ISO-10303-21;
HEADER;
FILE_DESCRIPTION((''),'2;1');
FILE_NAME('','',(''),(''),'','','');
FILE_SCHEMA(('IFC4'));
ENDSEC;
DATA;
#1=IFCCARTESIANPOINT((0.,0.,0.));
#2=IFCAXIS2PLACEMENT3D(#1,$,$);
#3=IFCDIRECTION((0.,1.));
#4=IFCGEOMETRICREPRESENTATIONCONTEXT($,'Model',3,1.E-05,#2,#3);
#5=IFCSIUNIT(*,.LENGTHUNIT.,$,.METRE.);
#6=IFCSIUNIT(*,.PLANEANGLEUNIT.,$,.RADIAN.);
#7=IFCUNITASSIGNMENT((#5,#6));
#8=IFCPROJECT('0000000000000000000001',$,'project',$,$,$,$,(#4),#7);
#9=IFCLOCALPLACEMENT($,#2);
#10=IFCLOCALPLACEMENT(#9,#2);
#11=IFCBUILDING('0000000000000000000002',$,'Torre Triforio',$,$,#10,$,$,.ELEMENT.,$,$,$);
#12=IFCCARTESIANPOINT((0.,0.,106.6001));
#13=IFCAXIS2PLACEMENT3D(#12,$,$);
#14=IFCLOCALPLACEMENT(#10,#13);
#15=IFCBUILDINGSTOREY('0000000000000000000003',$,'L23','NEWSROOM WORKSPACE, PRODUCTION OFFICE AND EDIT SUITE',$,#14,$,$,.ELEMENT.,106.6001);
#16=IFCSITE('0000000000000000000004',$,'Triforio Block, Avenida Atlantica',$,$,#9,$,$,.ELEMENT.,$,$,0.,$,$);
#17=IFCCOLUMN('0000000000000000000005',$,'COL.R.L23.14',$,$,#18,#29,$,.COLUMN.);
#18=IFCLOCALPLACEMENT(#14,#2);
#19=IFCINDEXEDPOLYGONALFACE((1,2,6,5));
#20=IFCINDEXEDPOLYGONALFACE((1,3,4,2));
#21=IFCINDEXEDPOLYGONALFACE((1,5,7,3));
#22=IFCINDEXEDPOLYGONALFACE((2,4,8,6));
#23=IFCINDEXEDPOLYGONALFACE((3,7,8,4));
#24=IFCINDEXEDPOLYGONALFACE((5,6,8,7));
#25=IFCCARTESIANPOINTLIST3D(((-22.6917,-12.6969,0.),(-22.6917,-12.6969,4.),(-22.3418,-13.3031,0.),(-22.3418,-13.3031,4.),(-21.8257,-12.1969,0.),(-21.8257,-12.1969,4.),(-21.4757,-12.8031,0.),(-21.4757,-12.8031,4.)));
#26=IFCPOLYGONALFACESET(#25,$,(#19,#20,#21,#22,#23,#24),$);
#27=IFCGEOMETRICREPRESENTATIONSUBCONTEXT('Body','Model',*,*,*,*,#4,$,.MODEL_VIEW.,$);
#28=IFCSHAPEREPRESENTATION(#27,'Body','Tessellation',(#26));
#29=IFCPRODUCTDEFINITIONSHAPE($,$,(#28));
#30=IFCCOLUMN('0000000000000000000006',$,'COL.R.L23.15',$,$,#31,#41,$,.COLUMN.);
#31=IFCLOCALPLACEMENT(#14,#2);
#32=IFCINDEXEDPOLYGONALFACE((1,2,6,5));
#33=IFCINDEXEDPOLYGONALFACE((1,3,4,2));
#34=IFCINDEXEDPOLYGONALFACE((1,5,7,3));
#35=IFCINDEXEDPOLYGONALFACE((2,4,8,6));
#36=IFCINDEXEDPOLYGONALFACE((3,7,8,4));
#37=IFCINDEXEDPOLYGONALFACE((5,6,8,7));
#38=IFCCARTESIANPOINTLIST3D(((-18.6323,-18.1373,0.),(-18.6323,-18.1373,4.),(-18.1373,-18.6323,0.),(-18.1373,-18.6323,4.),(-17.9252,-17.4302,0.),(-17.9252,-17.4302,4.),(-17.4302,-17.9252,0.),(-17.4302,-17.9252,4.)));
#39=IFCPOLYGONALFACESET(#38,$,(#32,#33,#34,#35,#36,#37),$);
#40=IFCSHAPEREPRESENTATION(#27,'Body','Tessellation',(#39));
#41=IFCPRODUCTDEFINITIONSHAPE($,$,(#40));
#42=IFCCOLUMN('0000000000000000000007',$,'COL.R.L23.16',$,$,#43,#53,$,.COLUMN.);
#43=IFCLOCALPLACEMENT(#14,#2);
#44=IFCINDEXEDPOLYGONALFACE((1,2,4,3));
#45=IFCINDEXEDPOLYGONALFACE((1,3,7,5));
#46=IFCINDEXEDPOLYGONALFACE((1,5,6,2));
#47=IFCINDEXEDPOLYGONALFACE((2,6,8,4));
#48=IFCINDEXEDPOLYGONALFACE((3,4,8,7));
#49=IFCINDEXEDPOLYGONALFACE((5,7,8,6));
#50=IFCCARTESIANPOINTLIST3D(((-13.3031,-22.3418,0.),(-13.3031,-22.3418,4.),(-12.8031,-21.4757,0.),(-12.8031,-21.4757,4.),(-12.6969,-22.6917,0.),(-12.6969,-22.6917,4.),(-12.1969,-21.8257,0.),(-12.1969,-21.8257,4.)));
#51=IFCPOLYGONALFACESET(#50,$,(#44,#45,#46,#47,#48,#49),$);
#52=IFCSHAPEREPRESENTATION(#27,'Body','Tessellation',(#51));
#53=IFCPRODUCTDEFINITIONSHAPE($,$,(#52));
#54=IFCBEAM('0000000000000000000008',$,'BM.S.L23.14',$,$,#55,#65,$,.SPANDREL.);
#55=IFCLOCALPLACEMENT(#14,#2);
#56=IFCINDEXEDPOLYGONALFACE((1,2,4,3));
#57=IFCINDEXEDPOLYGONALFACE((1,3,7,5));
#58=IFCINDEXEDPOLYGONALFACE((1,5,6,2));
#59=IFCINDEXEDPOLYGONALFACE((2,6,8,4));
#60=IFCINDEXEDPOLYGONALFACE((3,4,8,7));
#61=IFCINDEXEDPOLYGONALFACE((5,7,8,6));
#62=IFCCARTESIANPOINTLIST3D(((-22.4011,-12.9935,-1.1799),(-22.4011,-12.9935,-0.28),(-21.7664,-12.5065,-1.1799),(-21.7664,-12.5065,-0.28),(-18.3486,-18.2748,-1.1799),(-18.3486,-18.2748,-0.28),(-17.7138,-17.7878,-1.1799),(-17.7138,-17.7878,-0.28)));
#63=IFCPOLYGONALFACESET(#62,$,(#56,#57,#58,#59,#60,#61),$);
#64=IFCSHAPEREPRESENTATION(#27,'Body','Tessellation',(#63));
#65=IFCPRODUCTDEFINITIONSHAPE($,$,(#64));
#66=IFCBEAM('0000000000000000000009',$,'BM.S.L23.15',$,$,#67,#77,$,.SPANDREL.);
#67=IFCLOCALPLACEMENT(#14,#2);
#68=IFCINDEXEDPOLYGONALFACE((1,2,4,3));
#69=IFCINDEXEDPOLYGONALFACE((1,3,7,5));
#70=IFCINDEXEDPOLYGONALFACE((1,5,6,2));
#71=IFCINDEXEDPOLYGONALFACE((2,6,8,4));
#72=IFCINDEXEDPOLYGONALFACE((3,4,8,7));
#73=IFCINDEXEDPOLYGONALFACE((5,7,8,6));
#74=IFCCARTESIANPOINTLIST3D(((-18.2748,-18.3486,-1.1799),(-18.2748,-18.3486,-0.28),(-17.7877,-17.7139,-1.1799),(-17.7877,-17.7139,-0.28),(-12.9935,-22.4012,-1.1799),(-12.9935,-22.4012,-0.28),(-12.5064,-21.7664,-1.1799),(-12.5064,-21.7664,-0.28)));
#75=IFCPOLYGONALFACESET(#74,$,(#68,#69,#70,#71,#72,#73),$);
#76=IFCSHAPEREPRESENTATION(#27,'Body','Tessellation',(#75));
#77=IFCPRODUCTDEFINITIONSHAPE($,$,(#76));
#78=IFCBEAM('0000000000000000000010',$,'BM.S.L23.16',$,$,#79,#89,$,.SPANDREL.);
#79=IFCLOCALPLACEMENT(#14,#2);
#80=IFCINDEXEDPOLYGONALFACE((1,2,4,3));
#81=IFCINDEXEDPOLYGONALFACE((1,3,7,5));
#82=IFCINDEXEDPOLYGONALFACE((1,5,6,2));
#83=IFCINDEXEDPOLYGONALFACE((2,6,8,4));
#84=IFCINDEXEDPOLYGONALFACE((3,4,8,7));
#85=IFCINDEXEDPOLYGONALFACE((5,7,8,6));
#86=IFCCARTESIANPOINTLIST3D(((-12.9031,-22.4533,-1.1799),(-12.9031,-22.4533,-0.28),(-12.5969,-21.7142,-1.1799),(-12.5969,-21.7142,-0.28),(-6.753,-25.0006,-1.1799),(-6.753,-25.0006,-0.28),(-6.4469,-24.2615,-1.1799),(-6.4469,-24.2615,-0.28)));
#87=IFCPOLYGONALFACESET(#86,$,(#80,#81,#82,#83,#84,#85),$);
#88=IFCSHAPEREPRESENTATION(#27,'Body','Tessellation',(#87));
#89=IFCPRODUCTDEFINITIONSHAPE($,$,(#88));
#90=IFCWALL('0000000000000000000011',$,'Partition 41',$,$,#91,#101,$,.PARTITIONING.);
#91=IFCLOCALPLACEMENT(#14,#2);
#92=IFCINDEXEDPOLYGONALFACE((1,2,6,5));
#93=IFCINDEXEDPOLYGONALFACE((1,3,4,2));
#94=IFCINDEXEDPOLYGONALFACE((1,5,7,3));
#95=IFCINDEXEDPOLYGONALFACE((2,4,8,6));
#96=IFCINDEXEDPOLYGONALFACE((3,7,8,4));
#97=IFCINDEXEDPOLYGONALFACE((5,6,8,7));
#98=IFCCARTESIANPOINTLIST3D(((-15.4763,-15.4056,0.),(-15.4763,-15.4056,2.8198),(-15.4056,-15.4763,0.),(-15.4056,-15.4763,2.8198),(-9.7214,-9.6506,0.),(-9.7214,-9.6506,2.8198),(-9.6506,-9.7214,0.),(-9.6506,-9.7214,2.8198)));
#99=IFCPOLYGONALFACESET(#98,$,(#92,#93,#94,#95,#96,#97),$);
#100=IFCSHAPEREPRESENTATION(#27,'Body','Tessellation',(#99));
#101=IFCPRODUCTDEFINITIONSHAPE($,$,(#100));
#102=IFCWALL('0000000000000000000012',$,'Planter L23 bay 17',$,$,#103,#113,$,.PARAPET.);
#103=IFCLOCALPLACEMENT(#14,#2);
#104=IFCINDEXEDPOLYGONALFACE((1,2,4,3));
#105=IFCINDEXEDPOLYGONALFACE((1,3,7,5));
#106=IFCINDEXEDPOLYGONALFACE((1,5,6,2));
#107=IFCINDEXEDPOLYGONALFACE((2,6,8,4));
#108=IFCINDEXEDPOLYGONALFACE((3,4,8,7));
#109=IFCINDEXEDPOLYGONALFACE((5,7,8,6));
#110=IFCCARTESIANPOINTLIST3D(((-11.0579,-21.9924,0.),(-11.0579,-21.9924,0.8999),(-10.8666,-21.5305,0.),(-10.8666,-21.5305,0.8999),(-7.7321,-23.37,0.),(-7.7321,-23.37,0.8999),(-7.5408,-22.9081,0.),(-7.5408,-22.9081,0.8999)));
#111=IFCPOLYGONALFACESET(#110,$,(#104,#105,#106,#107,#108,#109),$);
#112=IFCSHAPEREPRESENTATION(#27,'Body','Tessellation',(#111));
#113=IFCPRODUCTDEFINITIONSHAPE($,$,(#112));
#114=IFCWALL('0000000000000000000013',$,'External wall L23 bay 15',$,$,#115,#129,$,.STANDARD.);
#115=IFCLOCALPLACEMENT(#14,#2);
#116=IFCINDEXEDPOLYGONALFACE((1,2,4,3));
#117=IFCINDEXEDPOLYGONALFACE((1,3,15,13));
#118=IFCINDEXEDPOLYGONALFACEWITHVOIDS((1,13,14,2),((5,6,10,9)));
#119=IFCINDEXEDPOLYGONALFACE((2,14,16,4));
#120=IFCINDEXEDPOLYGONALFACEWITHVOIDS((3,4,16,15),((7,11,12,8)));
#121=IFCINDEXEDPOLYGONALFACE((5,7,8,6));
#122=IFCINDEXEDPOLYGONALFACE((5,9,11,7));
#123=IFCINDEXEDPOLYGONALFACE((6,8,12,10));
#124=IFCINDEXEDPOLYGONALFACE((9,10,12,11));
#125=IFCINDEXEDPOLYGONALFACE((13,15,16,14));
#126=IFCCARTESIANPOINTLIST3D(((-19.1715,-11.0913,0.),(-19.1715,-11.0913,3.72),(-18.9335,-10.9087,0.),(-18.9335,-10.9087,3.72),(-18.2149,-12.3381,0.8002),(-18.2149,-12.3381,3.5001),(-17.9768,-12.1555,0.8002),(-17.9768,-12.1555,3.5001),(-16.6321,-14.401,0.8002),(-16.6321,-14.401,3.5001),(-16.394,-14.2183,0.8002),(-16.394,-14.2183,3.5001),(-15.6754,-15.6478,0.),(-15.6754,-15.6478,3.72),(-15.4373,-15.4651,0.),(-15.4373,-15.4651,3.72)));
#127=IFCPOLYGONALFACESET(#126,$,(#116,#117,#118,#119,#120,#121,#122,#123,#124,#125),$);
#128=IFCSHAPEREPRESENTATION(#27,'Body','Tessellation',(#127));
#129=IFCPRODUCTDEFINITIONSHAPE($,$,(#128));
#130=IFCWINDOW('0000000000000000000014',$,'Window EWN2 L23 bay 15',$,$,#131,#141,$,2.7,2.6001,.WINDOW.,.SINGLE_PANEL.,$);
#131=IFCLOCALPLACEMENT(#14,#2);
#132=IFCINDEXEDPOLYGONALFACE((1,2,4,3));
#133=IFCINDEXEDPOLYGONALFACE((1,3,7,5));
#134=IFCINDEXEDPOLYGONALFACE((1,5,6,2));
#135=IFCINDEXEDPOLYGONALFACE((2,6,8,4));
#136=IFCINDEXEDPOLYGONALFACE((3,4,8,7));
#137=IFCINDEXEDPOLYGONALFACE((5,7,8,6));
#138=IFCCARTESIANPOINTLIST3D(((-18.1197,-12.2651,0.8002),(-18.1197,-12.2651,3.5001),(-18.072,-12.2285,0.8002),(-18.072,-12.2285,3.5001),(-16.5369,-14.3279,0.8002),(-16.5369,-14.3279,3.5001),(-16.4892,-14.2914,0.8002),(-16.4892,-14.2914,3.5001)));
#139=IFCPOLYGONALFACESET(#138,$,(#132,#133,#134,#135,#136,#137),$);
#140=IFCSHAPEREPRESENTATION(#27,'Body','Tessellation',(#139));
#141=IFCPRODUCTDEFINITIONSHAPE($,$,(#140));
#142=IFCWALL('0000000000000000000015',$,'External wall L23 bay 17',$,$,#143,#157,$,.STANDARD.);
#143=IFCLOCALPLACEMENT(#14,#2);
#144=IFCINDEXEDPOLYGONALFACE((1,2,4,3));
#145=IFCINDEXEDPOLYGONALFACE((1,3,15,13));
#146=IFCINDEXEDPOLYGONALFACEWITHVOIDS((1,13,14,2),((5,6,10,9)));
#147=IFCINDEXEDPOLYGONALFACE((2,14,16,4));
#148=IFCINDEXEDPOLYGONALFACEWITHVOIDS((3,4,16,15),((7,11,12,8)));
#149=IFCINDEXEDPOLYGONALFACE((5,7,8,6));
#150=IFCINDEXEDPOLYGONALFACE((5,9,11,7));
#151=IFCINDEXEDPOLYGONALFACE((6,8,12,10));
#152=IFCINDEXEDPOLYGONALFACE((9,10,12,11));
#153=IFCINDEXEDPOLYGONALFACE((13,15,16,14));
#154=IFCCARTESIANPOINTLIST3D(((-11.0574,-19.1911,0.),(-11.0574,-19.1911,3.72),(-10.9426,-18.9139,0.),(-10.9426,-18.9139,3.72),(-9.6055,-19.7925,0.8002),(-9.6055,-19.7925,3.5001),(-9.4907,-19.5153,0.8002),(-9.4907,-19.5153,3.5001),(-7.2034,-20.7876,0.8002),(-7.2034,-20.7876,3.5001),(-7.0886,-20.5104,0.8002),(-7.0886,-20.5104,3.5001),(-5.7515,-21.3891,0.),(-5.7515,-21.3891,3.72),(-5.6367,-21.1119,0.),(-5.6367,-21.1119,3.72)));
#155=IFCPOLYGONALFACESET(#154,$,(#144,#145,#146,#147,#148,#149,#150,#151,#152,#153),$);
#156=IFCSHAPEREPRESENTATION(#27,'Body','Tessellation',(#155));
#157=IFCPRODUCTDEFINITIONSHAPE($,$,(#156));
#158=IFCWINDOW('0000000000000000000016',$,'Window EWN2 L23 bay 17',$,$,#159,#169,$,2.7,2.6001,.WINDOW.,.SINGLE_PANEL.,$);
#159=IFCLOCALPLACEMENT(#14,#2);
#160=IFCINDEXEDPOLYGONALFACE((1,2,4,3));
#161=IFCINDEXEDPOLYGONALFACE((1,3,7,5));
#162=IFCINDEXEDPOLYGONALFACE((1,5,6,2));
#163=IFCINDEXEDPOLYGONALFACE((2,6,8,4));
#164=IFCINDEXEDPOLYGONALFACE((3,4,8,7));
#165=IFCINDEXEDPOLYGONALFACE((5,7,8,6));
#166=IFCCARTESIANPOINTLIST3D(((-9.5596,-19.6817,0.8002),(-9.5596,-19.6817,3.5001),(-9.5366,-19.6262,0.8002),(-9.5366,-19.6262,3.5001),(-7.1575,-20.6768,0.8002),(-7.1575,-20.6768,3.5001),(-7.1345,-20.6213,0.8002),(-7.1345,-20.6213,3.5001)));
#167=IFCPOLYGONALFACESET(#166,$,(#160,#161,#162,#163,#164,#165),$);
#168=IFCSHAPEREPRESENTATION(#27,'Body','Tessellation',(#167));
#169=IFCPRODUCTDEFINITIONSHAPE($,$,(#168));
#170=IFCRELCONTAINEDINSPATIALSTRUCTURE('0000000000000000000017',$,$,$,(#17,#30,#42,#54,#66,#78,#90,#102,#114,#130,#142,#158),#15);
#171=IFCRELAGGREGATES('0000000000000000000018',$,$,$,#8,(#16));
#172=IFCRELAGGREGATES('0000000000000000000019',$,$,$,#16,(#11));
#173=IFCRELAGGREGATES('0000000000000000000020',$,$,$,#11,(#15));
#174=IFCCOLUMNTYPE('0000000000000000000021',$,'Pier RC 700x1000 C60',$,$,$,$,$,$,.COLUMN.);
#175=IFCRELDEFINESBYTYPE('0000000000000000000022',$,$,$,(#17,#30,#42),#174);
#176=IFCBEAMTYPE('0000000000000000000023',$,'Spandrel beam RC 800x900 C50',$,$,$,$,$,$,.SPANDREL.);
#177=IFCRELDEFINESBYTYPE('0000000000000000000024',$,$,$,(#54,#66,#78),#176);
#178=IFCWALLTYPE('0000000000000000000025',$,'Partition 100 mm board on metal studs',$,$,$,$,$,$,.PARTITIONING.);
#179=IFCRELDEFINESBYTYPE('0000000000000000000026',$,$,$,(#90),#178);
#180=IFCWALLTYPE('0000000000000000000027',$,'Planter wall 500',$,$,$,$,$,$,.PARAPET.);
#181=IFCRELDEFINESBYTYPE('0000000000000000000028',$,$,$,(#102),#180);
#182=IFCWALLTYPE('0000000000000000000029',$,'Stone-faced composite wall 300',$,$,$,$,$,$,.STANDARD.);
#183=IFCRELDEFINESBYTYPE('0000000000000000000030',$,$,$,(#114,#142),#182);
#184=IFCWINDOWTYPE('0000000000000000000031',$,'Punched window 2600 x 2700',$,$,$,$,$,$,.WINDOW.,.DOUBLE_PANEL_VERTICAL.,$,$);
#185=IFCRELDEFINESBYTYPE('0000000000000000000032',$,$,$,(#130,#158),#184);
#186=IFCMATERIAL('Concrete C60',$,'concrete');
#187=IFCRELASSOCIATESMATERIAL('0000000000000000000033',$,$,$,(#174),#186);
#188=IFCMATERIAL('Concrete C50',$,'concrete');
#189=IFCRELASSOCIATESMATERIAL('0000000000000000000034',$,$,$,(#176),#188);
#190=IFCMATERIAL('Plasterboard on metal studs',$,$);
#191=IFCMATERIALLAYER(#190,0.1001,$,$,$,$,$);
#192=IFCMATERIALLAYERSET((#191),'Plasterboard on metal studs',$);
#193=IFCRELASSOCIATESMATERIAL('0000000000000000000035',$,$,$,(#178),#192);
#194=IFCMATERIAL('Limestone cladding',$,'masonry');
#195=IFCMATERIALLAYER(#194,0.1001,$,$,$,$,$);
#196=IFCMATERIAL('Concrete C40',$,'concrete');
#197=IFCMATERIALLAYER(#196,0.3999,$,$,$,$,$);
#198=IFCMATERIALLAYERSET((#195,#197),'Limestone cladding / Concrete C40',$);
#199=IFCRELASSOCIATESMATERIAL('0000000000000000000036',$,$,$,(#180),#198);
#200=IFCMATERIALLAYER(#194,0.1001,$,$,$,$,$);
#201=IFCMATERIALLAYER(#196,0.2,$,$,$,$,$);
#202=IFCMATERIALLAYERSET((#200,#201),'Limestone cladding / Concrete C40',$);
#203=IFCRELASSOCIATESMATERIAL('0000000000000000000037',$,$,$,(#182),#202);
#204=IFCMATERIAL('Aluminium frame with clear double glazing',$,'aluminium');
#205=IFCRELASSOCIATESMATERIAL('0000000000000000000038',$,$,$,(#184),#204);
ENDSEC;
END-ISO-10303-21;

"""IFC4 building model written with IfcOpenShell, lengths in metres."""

from ifc_helpers import new_model, si_unit, direction, frame, frame_2d, origin, origin_2d, place, context, subcontext, project, spatial, rectangle, extrude, material, layer, layer_set, material_profile, profile_set, type_object, element, fill, save


model = new_model("IFC4")

# Units and contexts
model_context = context("Model", 3, precision=1e-05, world=origin(), true_north=direction((0.0, 1.0)))
body_context = subcontext(model_context, "Body", "Model", "MODEL_VIEW")
ifc_project = project(units=[si_unit("LENGTHUNIT", "METRE"), si_unit("PLANEANGLEUNIT", "RADIAN")], contexts=[model_context])

# Site, building, storey
site_placement = place(None, origin())
site = spatial("IfcSite", under=ifc_project, at=site_placement, Name="Triforio Block, Avenida Atlantica", CompositionType="ELEMENT", RefElevation=0.0)
building_placement = place(site_placement, origin())
building = spatial("IfcBuilding", under=site, at=building_placement, Name="Torre Triforio", CompositionType="ELEMENT")
storey_placement = place(building_placement, frame((0.0, 0.0, 106.6001)))
storey = spatial("IfcBuildingStorey", under=building, at=storey_placement, Name="L23", Description="NEWSROOM WORKSPACE, PRODUCTION OFFICE AND EDIT SUITE", CompositionType="ELEMENT", Elevation=106.6001)

# Columns
ifc_material_1 = material(Name="Concrete C60", Category="concrete")
ifc_material_profile_1 = material_profile(ifc_material_1, rectangle(XDim=0.7, YDim=1.0, at=origin_2d()), Name="RC 700x1000")
ifc_profile_set_1 = profile_set([ifc_material_profile_1], Name="Concrete C60")
column_type = type_object("IfcColumnType", Name="Pier RC 700x1000 C60", PredefinedType="COLUMN", material=ifc_profile_set_1)
for number, where, z_axis, x_axis, name in (
    (1, (-22.0837, -12.75, 0.0), (0.0, 0.0, 1.0), (0.5, -0.866025, 0.0), "COL.R.L23.14"),
    (2, (-18.0312, -18.0312, 0.0), (0.0, 0.0, 1.0), (0.707107, -0.707107, 0.0), "COL.R.L23.15"),
    (3, (-12.75, -22.0837, 0.0), (0.0, 0.0, 1.0), (0.866025, -0.5, 0.0), "COL.R.L23.16"),
):
    element("IfcColumn", number, at=place(storey_placement, frame(where, z_axis=z_axis, x_axis=x_axis)), inside=storey, type_object=column_type, Name=name, PredefinedType="COLUMN", context=body_context, shape_type="SweptSolid", body=[
        extrude(rectangle(XDim=0.7, YDim=1.0, at=origin_2d()), origin(), (0.0, 0.0, 1.0), 4.0),
    ])

# Beams
ifc_material_2 = material(Name="Concrete C50", Category="concrete")
ifc_material_profile_2 = material_profile(ifc_material_2, rectangle(XDim=0.8, YDim=0.8999, at=origin_2d()), Name="RC 800x900")
ifc_profile_set_2 = profile_set([ifc_material_profile_2], Name="Concrete C50")
beam_type = type_object("IfcBeamType", Name="Spandrel beam RC 800x900 C50", PredefinedType="SPANDREL", material=ifc_profile_set_2)
for number, where, z_axis, x_axis, name in (
    (4, (-22.0837, -12.75, -0.73), (0.608766, -0.79335, 0.0), (0.79335, 0.608766, 0.0), "BM.S.L23.14"),
    (5, (-18.0312, -18.0312, -0.73), (0.79335, -0.608766, 0.0), (0.608766, 0.79335, 0.0), "BM.S.L23.15"),
):
    element("IfcBeam", number, at=place(storey_placement, frame(where, z_axis=z_axis, x_axis=x_axis)), inside=storey, type_object=beam_type, Name=name, PredefinedType="SPANDREL", context=body_context, shape_type="SweptSolid", body=[
        extrude(rectangle(XDim=0.8, YDim=0.8999, at=origin_2d()), origin(), (0.0, 0.0, 1.0), 6.657),
    ])
beam_placement = place(storey_placement, frame((-12.75, -22.0837, -0.73), z_axis=(0.923885, -0.382669, 0.0), x_axis=(0.382669, 0.923885, 0.0)))
element("IfcBeam", 6, at=beam_placement, inside=storey, type_object=beam_type, Name="BM.S.L23.16", PredefinedType="SPANDREL", context=body_context, shape_type="SweptSolid", body=[
    extrude(rectangle(XDim=0.8, YDim=0.8999, at=origin_2d()), origin(), (0.0, 0.0, 1.0), 6.6567),
])

# Walls
ifc_material_3 = material(Name="Plasterboard on metal studs")
ifc_layer_1 = layer(ifc_material_3, 0.1001)
ifc_layer_set_1 = layer_set([ifc_layer_1], Name="Plasterboard on metal studs")
wall_type_1 = type_object("IfcWallType", Name="Partition 100 mm board on metal studs", PredefinedType="PARTITIONING", material=ifc_layer_set_1)
wall_1_placement = place(storey_placement, frame((-9.686, -9.686, 0.0), z_axis=(0.0, 0.0, 1.0), x_axis=(-0.707107, -0.707107, 0.0)))
element("IfcWall", 7, at=wall_1_placement, inside=storey, type_object=wall_type_1, Name="Partition 41", PredefinedType="PARTITIONING", context=body_context, shape_type="SweptSolid", body=[
    extrude(rectangle(XDim=8.1387, YDim=0.1001, at=frame_2d((4.0693, 0.0))), origin(), (0.0, 0.0, 1.0), 2.8198),
])
ifc_material_4 = material(Name="Limestone cladding", Category="masonry")
ifc_layer_2 = layer(ifc_material_4, 0.1001)
ifc_material_5 = material(Name="Concrete C40", Category="concrete")
ifc_layer_3 = layer(ifc_material_5, 0.3999)
ifc_layer_set_2 = layer_set([ifc_layer_2, ifc_layer_3], Name="Limestone cladding / Concrete C40")
wall_type_2 = type_object("IfcWallType", Name="Planter wall 500", PredefinedType="PARAPET", material=ifc_layer_set_2)
wall_2_placement = place(storey_placement, frame((-10.9622, -21.7615, 0.0), z_axis=(0.0, 0.0, 1.0), x_axis=(0.923875, -0.382693, 0.0)))
element("IfcWall", 8, at=wall_2_placement, inside=storey, type_object=wall_type_2, Name="Planter L23 bay 17", PredefinedType="PARAPET", context=body_context, shape_type="SweptSolid", body=[
    extrude(rectangle(XDim=3.5999, YDim=0.5, at=frame_2d((1.7998, 0.0))), origin(), (0.0, 0.0, 1.0), 0.8999),
])

# Wall, opening, window
ifc_layer_4 = layer(ifc_material_4, 0.1001)
ifc_layer_5 = layer(ifc_material_5, 0.2)
ifc_layer_set_3 = layer_set([ifc_layer_4, ifc_layer_5], Name="Limestone cladding / Concrete C40")
wall_type_3 = type_object("IfcWallType", Name="Stone-faced composite wall 300", PredefinedType="STANDARD", material=ifc_layer_set_3)
wall_3_placement = place(storey_placement, frame((-19.0525, -11.0, 0.0), z_axis=(0.0, 0.0, 1.0), x_axis=(0.608745, -0.793366, 0.0)))
wall_3 = element("IfcWall", 9, at=wall_3_placement, inside=storey, type_object=wall_type_3, Name="External wall L23 bay 15", PredefinedType="STANDARD", context=body_context, shape_type="SweptSolid", body=[
    extrude(rectangle(XDim=5.7432, YDim=0.3, at=frame_2d((2.8716, 0.0))), origin(), (0.0, 0.0, 1.0), 3.72),
])
opening_1_placement = place(wall_3_placement, frame((1.5715, 0.0, 0.8)))
opening_1 = element("IfcOpeningElement", 10, at=opening_1_placement, cuts=wall_3, PredefinedType="OPENING", context=body_context, shape_type="SweptSolid", body=[
    extrude(rectangle(XDim=2.6001, YDim=2.7, at=frame_2d((1.3, 1.3501))), frame((0.0, 0.1599, 0.0), z_axis=(0.0, -1.0, 0.0), x_axis=(1.0, 0.0, 0.0)), (0.0, 0.0, 1.0), 0.3201),
])
ifc_material_6 = material(Name="Aluminium frame with clear double glazing", Category="aluminium")
window_type_1 = type_object("IfcWindowType", Name="Punched window 2600 x 2700", PartitioningType="DOUBLE_PANEL_VERTICAL", PredefinedType="WINDOW", material=ifc_material_6)
window_1_placement = place(opening_1_placement, origin())
window_1 = element("IfcWindow", 11, at=window_1_placement, inside=storey, type_object=window_type_1, Name="Window EWN2 L23 bay 15", OverallHeight=2.7, OverallWidth=2.6001, PartitioningType="SINGLE_PANEL", PredefinedType="WINDOW", context=body_context, shape_type="SweptSolid", body=[
    extrude(rectangle(XDim=2.6001, YDim=2.7, at=frame_2d((1.3, 1.3501))), frame((0.0, 0.03, 0.0), z_axis=(0.0, -1.0, 0.0), x_axis=(1.0, 0.0, 0.0)), (0.0, 0.0, 1.0), 0.0601),
])
fill(opening_1, window_1)

# Wall, opening, window
wall_4_placement = place(storey_placement, frame((-11.0, -19.0525, 0.0), z_axis=(0.0, 0.0, 1.0), x_axis=(0.923866, -0.382716, 0.0)))
wall_4 = element("IfcWall", 12, at=wall_4_placement, inside=storey, type_object=wall_type_3, Name="External wall L23 bay 17", PredefinedType="STANDARD", context=body_context, shape_type="SweptSolid", body=[
    extrude(rectangle(XDim=5.7432, YDim=0.3, at=frame_2d((2.8716, 0.0))), origin(), (0.0, 0.0, 1.0), 3.72),
])
opening_2_placement = place(wall_4_placement, frame((1.5715, 0.0, 0.8)))
opening_2 = element("IfcOpeningElement", 13, at=opening_2_placement, cuts=wall_4, PredefinedType="OPENING", context=body_context, shape_type="SweptSolid", body=[
    extrude(rectangle(XDim=2.6001, YDim=2.7, at=frame_2d((1.3, 1.3501))), frame((0.0, 0.1599, 0.0), z_axis=(0.0, -1.0, 0.0), x_axis=(1.0, 0.0, 0.0)), (0.0, 0.0, 1.0), 0.3201),
])
window_2_placement = place(opening_2_placement, origin())
window_2 = element("IfcWindow", 14, at=window_2_placement, inside=storey, type_object=window_type_1, Name="Window EWN2 L23 bay 17", OverallHeight=2.7, OverallWidth=2.6001, PartitioningType="SINGLE_PANEL", PredefinedType="WINDOW", context=body_context, shape_type="SweptSolid", body=[
    extrude(rectangle(XDim=2.6001, YDim=2.7, at=frame_2d((1.3, 1.3501))), frame((0.0, 0.03, 0.0), z_axis=(0.0, -1.0, 0.0), x_axis=(1.0, 0.0, 0.0)), (0.0, 0.0, 1.0), 0.0601),
])
fill(opening_2, window_2)

save(model, "model.ifc")
